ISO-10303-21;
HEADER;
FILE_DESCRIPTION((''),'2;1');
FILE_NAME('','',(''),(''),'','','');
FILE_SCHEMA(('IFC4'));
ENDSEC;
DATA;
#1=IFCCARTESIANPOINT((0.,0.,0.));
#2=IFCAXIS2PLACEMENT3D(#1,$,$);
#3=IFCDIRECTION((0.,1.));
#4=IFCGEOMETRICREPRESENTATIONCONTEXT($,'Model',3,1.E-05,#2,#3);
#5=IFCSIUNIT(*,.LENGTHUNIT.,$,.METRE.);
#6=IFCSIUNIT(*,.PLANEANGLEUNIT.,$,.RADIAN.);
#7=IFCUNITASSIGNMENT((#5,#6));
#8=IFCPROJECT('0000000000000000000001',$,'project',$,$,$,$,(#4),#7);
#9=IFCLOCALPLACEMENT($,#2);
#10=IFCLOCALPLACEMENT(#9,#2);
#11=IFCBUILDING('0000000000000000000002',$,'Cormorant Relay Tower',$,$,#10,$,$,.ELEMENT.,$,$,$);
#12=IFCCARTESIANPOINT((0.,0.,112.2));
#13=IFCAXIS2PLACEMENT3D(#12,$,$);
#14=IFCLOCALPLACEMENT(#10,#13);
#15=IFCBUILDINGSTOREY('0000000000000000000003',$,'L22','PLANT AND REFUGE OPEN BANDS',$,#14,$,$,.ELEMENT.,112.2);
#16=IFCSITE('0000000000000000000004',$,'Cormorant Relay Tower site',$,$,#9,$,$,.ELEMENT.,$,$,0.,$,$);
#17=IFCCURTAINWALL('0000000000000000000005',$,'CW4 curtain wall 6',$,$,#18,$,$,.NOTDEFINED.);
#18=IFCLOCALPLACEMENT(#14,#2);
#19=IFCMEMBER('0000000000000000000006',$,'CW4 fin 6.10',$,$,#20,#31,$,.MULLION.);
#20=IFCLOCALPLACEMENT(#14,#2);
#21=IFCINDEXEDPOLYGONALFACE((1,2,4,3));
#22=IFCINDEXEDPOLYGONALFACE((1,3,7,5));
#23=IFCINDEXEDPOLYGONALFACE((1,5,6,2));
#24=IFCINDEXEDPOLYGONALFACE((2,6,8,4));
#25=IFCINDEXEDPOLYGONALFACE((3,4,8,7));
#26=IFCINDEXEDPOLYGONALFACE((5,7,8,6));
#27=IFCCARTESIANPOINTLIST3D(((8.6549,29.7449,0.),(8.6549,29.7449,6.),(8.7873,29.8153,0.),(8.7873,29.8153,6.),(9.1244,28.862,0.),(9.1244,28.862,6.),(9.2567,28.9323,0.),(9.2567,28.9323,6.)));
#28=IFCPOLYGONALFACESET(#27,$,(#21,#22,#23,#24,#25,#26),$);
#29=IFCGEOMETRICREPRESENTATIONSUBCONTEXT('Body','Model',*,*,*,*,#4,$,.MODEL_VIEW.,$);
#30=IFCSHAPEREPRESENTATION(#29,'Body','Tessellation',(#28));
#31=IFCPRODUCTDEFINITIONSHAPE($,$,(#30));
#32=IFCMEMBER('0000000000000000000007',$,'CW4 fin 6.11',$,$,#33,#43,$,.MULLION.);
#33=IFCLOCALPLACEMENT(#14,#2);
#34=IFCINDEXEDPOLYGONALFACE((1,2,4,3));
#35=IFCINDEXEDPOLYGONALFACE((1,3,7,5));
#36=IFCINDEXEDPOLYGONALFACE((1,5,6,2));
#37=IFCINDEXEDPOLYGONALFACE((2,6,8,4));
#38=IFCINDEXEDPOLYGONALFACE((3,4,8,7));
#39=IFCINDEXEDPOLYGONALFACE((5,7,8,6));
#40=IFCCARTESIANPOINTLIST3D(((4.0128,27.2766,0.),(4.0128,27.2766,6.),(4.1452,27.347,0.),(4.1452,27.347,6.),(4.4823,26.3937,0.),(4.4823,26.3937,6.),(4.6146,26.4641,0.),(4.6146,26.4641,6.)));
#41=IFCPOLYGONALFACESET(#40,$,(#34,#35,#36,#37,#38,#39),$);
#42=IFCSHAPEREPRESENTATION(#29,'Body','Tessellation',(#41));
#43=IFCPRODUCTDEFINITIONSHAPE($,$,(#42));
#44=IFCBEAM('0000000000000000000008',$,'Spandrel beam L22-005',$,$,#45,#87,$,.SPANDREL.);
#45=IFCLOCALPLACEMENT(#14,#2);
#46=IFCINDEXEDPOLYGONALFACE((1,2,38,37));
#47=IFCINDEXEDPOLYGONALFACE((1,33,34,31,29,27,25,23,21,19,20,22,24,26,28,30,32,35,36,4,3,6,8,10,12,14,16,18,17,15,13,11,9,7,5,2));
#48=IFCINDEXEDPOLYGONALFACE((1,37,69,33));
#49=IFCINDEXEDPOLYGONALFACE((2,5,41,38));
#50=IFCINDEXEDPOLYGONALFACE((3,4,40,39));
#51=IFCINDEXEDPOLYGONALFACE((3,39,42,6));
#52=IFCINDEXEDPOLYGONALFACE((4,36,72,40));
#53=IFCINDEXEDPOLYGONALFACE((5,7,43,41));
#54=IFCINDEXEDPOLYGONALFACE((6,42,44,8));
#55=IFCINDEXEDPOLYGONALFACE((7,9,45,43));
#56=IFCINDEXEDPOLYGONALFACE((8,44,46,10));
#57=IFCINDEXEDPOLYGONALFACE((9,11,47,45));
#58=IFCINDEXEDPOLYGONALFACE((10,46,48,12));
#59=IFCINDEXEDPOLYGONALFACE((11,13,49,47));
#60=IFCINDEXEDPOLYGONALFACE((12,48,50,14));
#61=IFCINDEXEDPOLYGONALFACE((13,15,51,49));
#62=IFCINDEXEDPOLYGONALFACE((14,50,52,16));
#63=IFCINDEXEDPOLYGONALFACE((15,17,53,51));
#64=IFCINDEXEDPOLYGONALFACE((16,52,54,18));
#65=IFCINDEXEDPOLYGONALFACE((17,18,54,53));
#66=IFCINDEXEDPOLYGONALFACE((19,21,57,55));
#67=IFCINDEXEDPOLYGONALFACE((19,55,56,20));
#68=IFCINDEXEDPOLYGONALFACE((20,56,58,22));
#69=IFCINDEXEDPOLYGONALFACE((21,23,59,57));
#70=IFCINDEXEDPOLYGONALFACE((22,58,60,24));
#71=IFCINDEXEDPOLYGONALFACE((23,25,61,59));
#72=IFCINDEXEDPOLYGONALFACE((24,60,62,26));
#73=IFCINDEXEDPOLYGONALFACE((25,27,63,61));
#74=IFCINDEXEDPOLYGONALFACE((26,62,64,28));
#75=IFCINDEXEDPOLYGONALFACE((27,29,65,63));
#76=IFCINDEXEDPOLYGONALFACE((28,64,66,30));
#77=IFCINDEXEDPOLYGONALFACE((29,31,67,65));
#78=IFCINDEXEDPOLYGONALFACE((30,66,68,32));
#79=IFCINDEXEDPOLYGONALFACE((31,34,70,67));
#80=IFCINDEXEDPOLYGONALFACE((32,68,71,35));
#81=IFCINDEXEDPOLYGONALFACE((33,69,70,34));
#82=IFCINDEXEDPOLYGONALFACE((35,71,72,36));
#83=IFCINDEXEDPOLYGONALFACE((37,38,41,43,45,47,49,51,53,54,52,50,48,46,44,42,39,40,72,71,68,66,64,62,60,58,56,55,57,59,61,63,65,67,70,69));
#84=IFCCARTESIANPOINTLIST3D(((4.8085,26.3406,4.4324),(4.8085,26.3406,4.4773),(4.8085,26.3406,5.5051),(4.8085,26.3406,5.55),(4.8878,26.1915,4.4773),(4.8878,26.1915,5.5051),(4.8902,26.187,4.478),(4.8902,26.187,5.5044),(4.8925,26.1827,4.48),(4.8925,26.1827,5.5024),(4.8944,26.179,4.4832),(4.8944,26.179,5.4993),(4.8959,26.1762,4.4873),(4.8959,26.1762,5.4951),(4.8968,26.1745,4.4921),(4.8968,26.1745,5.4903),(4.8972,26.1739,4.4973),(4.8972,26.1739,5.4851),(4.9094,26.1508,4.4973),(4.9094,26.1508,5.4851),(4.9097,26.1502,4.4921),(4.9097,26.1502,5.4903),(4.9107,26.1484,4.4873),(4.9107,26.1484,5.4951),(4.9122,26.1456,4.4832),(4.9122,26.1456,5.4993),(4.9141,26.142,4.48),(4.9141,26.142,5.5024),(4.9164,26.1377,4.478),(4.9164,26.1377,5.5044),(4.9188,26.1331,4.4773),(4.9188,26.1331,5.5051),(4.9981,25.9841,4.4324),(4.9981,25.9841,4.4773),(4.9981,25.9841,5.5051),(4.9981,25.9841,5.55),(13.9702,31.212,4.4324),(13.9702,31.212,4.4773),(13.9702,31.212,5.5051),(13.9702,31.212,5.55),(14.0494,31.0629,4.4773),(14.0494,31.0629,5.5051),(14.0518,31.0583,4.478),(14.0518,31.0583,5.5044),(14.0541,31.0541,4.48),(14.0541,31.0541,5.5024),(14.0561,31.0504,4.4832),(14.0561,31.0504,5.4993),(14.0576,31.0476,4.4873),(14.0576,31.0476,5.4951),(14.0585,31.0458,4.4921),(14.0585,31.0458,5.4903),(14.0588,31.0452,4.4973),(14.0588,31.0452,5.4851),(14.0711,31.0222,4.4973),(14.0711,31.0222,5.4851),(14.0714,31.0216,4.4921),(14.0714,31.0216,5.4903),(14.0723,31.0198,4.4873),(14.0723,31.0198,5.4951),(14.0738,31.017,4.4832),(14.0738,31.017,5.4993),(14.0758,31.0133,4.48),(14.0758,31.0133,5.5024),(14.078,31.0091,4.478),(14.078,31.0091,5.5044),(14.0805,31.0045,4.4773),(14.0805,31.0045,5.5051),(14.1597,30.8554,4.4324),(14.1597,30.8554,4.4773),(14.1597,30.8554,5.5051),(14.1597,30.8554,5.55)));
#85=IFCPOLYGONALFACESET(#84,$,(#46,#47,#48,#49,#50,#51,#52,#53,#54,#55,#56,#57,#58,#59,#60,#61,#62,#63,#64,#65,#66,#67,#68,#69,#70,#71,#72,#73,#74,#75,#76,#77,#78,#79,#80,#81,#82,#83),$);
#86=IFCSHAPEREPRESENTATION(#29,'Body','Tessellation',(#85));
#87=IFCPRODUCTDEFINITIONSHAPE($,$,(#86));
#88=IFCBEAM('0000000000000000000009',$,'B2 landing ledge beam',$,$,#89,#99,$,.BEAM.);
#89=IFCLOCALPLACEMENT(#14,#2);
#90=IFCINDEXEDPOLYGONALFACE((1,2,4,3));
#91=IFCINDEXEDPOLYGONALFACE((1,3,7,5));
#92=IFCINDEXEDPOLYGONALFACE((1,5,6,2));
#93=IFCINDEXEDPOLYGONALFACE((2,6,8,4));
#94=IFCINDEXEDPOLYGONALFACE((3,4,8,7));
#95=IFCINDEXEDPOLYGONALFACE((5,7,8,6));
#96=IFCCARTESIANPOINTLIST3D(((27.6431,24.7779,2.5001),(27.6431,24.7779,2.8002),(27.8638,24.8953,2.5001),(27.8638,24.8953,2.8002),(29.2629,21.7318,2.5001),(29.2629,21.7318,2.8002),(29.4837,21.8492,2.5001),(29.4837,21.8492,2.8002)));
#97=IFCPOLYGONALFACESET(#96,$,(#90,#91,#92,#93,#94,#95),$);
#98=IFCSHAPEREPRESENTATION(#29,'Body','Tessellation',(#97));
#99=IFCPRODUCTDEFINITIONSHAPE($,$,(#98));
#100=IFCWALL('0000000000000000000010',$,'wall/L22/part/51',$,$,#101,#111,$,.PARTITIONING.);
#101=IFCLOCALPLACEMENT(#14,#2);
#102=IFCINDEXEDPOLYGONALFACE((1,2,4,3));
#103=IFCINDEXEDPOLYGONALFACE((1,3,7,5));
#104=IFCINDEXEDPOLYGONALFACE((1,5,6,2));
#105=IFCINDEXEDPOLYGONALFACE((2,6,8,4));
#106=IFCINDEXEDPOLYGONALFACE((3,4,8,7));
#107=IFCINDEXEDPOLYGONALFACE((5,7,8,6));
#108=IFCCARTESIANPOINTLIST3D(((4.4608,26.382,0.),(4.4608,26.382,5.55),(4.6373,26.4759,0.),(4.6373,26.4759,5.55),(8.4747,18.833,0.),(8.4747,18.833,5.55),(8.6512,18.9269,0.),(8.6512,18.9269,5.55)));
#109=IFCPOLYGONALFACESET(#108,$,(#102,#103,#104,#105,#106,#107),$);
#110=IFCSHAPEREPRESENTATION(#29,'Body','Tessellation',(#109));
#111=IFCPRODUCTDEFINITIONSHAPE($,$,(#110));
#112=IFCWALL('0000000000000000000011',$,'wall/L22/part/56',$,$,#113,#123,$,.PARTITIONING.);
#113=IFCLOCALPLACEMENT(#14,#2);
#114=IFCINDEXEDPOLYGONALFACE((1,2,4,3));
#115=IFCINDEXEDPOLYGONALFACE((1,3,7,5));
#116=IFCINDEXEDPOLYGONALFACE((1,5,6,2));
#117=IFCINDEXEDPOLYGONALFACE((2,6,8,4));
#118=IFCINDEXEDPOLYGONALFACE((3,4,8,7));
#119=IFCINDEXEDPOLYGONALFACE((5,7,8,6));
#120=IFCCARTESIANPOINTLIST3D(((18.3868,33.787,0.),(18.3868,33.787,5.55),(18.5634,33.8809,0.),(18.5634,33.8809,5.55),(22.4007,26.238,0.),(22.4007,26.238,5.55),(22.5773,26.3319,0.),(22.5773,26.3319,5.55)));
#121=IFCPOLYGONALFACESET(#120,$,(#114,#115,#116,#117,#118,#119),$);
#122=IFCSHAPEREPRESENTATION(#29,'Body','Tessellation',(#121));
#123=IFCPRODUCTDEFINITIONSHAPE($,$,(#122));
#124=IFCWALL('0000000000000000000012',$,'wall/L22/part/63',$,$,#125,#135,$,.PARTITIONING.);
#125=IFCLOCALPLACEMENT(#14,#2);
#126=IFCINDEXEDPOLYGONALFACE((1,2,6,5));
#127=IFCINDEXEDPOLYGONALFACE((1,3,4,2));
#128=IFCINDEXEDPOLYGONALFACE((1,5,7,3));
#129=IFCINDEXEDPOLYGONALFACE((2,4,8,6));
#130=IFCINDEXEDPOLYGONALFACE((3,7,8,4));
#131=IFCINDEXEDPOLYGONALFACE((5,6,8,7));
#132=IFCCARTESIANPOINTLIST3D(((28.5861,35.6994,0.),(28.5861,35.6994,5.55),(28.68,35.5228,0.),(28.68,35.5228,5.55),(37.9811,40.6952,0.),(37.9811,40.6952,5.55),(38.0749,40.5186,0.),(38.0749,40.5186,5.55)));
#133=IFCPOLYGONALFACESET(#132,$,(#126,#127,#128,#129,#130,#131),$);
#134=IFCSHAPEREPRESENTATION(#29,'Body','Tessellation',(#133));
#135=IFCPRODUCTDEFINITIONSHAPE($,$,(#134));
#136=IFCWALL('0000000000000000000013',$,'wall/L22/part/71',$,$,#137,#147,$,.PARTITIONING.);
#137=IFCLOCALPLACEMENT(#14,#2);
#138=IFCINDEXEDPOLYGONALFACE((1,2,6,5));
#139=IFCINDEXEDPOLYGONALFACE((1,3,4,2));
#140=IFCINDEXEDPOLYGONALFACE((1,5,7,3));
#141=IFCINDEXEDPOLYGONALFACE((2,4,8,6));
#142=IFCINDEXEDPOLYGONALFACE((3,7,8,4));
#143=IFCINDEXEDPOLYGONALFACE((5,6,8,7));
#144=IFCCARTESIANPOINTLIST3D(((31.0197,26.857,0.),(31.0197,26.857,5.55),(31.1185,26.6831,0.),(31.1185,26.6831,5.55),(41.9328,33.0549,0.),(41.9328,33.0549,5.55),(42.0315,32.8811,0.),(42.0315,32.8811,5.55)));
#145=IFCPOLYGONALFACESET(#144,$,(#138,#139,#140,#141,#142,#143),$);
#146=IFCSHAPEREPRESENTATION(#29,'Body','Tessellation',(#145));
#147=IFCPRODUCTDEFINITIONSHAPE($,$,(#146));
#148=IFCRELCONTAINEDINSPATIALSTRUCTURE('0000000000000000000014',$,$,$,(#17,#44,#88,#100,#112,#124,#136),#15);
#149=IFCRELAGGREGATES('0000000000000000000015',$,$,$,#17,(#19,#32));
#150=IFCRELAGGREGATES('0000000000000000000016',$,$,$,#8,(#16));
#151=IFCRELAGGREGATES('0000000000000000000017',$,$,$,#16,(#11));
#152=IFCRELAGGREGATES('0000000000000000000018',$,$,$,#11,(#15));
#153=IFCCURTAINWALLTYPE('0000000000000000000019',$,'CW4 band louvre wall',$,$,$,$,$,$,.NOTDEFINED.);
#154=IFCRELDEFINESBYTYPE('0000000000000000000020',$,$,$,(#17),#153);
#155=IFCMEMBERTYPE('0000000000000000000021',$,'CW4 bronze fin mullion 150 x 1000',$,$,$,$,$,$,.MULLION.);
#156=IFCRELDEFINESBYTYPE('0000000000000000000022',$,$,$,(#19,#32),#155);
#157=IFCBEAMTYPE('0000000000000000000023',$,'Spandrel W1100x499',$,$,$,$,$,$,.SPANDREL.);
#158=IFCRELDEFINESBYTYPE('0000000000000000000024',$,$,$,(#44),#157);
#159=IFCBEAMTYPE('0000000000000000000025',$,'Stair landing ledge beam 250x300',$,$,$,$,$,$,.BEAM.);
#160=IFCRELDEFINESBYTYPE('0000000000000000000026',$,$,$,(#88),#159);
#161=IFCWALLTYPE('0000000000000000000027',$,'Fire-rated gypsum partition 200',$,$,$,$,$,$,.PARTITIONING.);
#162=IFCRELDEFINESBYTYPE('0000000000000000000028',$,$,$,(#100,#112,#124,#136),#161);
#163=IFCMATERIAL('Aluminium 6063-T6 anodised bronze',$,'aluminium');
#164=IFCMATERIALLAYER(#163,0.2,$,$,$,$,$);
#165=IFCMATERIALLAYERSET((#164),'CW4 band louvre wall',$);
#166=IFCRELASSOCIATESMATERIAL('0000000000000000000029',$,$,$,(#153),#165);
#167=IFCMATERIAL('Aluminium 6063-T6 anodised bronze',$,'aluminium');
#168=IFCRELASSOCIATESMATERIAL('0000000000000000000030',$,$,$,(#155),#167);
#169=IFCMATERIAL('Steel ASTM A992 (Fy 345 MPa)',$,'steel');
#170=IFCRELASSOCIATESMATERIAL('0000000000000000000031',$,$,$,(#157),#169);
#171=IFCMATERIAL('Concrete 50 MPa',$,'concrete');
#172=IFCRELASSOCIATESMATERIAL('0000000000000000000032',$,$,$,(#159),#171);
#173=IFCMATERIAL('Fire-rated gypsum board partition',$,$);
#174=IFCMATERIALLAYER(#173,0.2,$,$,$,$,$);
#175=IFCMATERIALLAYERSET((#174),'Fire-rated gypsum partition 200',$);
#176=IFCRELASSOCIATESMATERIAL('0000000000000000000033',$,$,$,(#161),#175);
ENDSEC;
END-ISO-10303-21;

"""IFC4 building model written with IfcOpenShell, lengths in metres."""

from ifc_helpers import new_model, si_unit, direction, frame, frame_2d, origin, origin_2d, place, context, subcontext, project, spatial, rectangle, i_section, extrude, material, layer, layer_set, material_profile, profile_set, type_object, element, aggregate, save


model = new_model("IFC4")

# Units and contexts
model_context = context("Model", 3, precision=1e-05, world=origin(), true_north=direction((0.0, 1.0)))
body_context = subcontext(model_context, "Body", "Model", "MODEL_VIEW")
ifc_project = project(units=[si_unit("LENGTHUNIT", "METRE"), si_unit("PLANEANGLEUNIT", "RADIAN")], contexts=[model_context])

# Site, building, storey
site_placement = place(None, origin())
site = spatial("IfcSite", under=ifc_project, at=site_placement, Name="Cormorant Relay Tower site", CompositionType="ELEMENT", RefElevation=0.0)
building_placement = place(site_placement, origin())
building = spatial("IfcBuilding", under=site, at=building_placement, Name="Cormorant Relay Tower", CompositionType="ELEMENT")
storey_placement = place(building_placement, frame((0.0, 0.0, 112.2)))
storey = spatial("IfcBuildingStorey", under=building, at=storey_placement, Name="L22", Description="PLANT AND REFUGE OPEN BANDS", CompositionType="ELEMENT", Elevation=112.2)

# Curtain wall, members
ifc_material_1 = material(Name="Aluminium 6063-T6 anodised bronze", Category="aluminium")
ifc_layer_1 = layer(ifc_material_1, 0.2)
ifc_layer_set_1 = layer_set([ifc_layer_1], Name="CW4 band louvre wall")
curtain_wall_type = type_object("IfcCurtainWallType", Name="CW4 band louvre wall", PredefinedType="NOTDEFINED", material=ifc_layer_set_1)
curtain_wall_placement = place(storey_placement, origin())
curtain_wall = element("IfcCurtainWall", 1, at=curtain_wall_placement, inside=storey, type_object=curtain_wall_type, Name="CW4 curtain wall 6", PredefinedType="NOTDEFINED")
ifc_material_2 = material(Name="Aluminium 6063-T6 anodised bronze", Category="aluminium")
ifc_material_profile_1 = material_profile(ifc_material_2, rectangle(XDim=0.1499, YDim=1.0, at=origin_2d()), Name="AL 150x1000")
ifc_profile_set_1 = profile_set([ifc_material_profile_1], Name="Aluminium 6063-T6 anodised bronze")
member_type = type_object("IfcMemberType", Name="CW4 bronze fin mullion 150 x 1000", PredefinedType="MULLION", material=ifc_profile_set_1)
member_1_placement = place(storey_placement, frame((8.9558, 29.3386, 0.0), z_axis=(0.0, 0.0, 1.0), x_axis=(-0.882948, -0.469472, 0.0)))
member_1 = element("IfcMember", 2, at=member_1_placement, type_object=member_type, Name="CW4 fin 6.10", PredefinedType="MULLION", context=body_context, shape_type="SweptSolid", body=[
    extrude(rectangle(XDim=0.1499, YDim=1.0, at=origin_2d()), origin(), (0.0, 0.0, 1.0), 6.0),
])
member_2_placement = place(storey_placement, frame((4.3137, 26.8704, 0.0), z_axis=(0.0, 0.0, 1.0), x_axis=(-0.882948, -0.469472, 0.0)))
member_2 = element("IfcMember", 3, at=member_2_placement, type_object=member_type, Name="CW4 fin 6.11", PredefinedType="MULLION", context=body_context, shape_type="SweptSolid", body=[
    extrude(rectangle(XDim=0.1499, YDim=1.0, at=origin_2d()), origin(), (0.0, 0.0, 1.0), 6.0),
])

# Beams
ifc_material_3 = material(Name="Steel ASTM A992 (Fy 345 MPa)", Category="steel")
ifc_material_profile_2 = material_profile(ifc_material_3, i_section(OverallWidth=0.4038, OverallDepth=1.1177, WebThickness=0.0261, FlangeThickness=0.0449, FilletRadius=0.02, at=origin_2d()), Name="W1100x499")
ifc_profile_set_2 = profile_set([ifc_material_profile_2], Name="Steel ASTM A992 (Fy 345 MPa)")
beam_type_1 = type_object("IfcBeamType", Name="Spandrel W1100x499", PredefinedType="SPANDREL", material=ifc_profile_set_2)
beam_1_placement = place(storey_placement, frame((14.0649, 31.0337, 4.9912), z_axis=(-0.882947, -0.469473, 0.0), x_axis=(0.469473, -0.882947, 0.0)))
element("IfcBeam", 4, at=beam_1_placement, inside=storey, type_object=beam_type_1, Name="Spandrel beam L22-005", PredefinedType="SPANDREL", context=body_context, shape_type="SweptSolid", body=[
    extrude(i_section(OverallWidth=0.4038, OverallDepth=1.1177, WebThickness=0.0261, FlangeThickness=0.0449, FilletRadius=0.02, at=origin_2d()), origin(), (0.0, 0.0, 1.0), 10.3762),
])
ifc_material_4 = material(Name="Concrete 50 MPa", Category="concrete")
ifc_material_profile_3 = material_profile(ifc_material_4, rectangle(XDim=0.25, YDim=0.3, at=origin_2d()), Name="RC 250x300")
ifc_profile_set_3 = profile_set([ifc_material_profile_3], Name="Concrete 50 MPa")
beam_type_2 = type_object("IfcBeamType", Name="Stair landing ledge beam 250x300", PredefinedType="BEAM", material=ifc_profile_set_3)
beam_2_placement = place(storey_placement, frame((29.3733, 21.7905, 2.6501), z_axis=(-0.469519, 0.882922, 0.0), x_axis=(-0.882922, -0.469519, 0.0)))
element("IfcBeam", 5, at=beam_2_placement, inside=storey, type_object=beam_type_2, Name="B2 landing ledge beam", PredefinedType="BEAM", context=body_context, shape_type="SweptSolid", body=[
    extrude(rectangle(XDim=0.25, YDim=0.3, at=origin_2d()), origin(), (0.0, 0.0, 1.0), 3.45),
])

# Walls
ifc_material_5 = material(Name="Fire-rated gypsum board partition")
ifc_layer_2 = layer(ifc_material_5, 0.2)
ifc_layer_set_2 = layer_set([ifc_layer_2], Name="Fire-rated gypsum partition 200")
wall_type = type_object("IfcWallType", Name="Fire-rated gypsum partition 200", PredefinedType="PARTITIONING", material=ifc_layer_set_2)
for number, where, z_axis, x_axis, name in (
    (6, (4.5491, 26.429, 0.0), (0.0, 0.0, 1.0), (0.469472, -0.882947, 0.0), "wall/L22/part/51"),
    (7, (18.4751, 33.834, 0.0), (0.0, 0.0, 1.0), (0.469472, -0.882947, 0.0), "wall/L22/part/56"),
):
    element("IfcWall", number, at=place(storey_placement, frame(where, z_axis=z_axis, x_axis=x_axis)), inside=storey, type_object=wall_type, Name=name, PredefinedType="PARTITIONING", context=body_context, shape_type="SweptSolid", body=[
        extrude(rectangle(XDim=8.5498, YDim=0.2, at=frame_2d((4.2749, 0.0))), origin(), (0.0, 0.0, 1.0), 5.55),
    ])
wall_1_placement = place(storey_placement, frame((28.6331, 35.6111, 0.0), z_axis=(0.0, 0.0, 1.0), x_axis=(0.882931, 0.469503, 0.0)))
element("IfcWall", 8, at=wall_1_placement, inside=storey, type_object=wall_type, Name="wall/L22/part/63", PredefinedType="PARTITIONING", context=body_context, shape_type="SweptSolid", body=[
    extrude(rectangle(XDim=10.6406, YDim=0.2, at=frame_2d((5.3203, 0.0))), origin(), (0.0, 0.0, 1.0), 5.55),
])
wall_2_placement = place(storey_placement, frame((31.0691, 26.77, 0.0), z_axis=(0.0, 0.0, 1.0), x_axis=(0.869546, 0.493852, 0.0)))
element("IfcWall", 9, at=wall_2_placement, inside=storey, type_object=wall_type, Name="wall/L22/part/71", PredefinedType="PARTITIONING", context=body_context, shape_type="SweptSolid", body=[
    extrude(rectangle(XDim=12.5503, YDim=0.2, at=frame_2d((6.2751, 0.0))), origin(), (0.0, 0.0, 1.0), 5.55),
])

aggregate(curtain_wall, [member_1, member_2])

save(model, "model.ifc")
